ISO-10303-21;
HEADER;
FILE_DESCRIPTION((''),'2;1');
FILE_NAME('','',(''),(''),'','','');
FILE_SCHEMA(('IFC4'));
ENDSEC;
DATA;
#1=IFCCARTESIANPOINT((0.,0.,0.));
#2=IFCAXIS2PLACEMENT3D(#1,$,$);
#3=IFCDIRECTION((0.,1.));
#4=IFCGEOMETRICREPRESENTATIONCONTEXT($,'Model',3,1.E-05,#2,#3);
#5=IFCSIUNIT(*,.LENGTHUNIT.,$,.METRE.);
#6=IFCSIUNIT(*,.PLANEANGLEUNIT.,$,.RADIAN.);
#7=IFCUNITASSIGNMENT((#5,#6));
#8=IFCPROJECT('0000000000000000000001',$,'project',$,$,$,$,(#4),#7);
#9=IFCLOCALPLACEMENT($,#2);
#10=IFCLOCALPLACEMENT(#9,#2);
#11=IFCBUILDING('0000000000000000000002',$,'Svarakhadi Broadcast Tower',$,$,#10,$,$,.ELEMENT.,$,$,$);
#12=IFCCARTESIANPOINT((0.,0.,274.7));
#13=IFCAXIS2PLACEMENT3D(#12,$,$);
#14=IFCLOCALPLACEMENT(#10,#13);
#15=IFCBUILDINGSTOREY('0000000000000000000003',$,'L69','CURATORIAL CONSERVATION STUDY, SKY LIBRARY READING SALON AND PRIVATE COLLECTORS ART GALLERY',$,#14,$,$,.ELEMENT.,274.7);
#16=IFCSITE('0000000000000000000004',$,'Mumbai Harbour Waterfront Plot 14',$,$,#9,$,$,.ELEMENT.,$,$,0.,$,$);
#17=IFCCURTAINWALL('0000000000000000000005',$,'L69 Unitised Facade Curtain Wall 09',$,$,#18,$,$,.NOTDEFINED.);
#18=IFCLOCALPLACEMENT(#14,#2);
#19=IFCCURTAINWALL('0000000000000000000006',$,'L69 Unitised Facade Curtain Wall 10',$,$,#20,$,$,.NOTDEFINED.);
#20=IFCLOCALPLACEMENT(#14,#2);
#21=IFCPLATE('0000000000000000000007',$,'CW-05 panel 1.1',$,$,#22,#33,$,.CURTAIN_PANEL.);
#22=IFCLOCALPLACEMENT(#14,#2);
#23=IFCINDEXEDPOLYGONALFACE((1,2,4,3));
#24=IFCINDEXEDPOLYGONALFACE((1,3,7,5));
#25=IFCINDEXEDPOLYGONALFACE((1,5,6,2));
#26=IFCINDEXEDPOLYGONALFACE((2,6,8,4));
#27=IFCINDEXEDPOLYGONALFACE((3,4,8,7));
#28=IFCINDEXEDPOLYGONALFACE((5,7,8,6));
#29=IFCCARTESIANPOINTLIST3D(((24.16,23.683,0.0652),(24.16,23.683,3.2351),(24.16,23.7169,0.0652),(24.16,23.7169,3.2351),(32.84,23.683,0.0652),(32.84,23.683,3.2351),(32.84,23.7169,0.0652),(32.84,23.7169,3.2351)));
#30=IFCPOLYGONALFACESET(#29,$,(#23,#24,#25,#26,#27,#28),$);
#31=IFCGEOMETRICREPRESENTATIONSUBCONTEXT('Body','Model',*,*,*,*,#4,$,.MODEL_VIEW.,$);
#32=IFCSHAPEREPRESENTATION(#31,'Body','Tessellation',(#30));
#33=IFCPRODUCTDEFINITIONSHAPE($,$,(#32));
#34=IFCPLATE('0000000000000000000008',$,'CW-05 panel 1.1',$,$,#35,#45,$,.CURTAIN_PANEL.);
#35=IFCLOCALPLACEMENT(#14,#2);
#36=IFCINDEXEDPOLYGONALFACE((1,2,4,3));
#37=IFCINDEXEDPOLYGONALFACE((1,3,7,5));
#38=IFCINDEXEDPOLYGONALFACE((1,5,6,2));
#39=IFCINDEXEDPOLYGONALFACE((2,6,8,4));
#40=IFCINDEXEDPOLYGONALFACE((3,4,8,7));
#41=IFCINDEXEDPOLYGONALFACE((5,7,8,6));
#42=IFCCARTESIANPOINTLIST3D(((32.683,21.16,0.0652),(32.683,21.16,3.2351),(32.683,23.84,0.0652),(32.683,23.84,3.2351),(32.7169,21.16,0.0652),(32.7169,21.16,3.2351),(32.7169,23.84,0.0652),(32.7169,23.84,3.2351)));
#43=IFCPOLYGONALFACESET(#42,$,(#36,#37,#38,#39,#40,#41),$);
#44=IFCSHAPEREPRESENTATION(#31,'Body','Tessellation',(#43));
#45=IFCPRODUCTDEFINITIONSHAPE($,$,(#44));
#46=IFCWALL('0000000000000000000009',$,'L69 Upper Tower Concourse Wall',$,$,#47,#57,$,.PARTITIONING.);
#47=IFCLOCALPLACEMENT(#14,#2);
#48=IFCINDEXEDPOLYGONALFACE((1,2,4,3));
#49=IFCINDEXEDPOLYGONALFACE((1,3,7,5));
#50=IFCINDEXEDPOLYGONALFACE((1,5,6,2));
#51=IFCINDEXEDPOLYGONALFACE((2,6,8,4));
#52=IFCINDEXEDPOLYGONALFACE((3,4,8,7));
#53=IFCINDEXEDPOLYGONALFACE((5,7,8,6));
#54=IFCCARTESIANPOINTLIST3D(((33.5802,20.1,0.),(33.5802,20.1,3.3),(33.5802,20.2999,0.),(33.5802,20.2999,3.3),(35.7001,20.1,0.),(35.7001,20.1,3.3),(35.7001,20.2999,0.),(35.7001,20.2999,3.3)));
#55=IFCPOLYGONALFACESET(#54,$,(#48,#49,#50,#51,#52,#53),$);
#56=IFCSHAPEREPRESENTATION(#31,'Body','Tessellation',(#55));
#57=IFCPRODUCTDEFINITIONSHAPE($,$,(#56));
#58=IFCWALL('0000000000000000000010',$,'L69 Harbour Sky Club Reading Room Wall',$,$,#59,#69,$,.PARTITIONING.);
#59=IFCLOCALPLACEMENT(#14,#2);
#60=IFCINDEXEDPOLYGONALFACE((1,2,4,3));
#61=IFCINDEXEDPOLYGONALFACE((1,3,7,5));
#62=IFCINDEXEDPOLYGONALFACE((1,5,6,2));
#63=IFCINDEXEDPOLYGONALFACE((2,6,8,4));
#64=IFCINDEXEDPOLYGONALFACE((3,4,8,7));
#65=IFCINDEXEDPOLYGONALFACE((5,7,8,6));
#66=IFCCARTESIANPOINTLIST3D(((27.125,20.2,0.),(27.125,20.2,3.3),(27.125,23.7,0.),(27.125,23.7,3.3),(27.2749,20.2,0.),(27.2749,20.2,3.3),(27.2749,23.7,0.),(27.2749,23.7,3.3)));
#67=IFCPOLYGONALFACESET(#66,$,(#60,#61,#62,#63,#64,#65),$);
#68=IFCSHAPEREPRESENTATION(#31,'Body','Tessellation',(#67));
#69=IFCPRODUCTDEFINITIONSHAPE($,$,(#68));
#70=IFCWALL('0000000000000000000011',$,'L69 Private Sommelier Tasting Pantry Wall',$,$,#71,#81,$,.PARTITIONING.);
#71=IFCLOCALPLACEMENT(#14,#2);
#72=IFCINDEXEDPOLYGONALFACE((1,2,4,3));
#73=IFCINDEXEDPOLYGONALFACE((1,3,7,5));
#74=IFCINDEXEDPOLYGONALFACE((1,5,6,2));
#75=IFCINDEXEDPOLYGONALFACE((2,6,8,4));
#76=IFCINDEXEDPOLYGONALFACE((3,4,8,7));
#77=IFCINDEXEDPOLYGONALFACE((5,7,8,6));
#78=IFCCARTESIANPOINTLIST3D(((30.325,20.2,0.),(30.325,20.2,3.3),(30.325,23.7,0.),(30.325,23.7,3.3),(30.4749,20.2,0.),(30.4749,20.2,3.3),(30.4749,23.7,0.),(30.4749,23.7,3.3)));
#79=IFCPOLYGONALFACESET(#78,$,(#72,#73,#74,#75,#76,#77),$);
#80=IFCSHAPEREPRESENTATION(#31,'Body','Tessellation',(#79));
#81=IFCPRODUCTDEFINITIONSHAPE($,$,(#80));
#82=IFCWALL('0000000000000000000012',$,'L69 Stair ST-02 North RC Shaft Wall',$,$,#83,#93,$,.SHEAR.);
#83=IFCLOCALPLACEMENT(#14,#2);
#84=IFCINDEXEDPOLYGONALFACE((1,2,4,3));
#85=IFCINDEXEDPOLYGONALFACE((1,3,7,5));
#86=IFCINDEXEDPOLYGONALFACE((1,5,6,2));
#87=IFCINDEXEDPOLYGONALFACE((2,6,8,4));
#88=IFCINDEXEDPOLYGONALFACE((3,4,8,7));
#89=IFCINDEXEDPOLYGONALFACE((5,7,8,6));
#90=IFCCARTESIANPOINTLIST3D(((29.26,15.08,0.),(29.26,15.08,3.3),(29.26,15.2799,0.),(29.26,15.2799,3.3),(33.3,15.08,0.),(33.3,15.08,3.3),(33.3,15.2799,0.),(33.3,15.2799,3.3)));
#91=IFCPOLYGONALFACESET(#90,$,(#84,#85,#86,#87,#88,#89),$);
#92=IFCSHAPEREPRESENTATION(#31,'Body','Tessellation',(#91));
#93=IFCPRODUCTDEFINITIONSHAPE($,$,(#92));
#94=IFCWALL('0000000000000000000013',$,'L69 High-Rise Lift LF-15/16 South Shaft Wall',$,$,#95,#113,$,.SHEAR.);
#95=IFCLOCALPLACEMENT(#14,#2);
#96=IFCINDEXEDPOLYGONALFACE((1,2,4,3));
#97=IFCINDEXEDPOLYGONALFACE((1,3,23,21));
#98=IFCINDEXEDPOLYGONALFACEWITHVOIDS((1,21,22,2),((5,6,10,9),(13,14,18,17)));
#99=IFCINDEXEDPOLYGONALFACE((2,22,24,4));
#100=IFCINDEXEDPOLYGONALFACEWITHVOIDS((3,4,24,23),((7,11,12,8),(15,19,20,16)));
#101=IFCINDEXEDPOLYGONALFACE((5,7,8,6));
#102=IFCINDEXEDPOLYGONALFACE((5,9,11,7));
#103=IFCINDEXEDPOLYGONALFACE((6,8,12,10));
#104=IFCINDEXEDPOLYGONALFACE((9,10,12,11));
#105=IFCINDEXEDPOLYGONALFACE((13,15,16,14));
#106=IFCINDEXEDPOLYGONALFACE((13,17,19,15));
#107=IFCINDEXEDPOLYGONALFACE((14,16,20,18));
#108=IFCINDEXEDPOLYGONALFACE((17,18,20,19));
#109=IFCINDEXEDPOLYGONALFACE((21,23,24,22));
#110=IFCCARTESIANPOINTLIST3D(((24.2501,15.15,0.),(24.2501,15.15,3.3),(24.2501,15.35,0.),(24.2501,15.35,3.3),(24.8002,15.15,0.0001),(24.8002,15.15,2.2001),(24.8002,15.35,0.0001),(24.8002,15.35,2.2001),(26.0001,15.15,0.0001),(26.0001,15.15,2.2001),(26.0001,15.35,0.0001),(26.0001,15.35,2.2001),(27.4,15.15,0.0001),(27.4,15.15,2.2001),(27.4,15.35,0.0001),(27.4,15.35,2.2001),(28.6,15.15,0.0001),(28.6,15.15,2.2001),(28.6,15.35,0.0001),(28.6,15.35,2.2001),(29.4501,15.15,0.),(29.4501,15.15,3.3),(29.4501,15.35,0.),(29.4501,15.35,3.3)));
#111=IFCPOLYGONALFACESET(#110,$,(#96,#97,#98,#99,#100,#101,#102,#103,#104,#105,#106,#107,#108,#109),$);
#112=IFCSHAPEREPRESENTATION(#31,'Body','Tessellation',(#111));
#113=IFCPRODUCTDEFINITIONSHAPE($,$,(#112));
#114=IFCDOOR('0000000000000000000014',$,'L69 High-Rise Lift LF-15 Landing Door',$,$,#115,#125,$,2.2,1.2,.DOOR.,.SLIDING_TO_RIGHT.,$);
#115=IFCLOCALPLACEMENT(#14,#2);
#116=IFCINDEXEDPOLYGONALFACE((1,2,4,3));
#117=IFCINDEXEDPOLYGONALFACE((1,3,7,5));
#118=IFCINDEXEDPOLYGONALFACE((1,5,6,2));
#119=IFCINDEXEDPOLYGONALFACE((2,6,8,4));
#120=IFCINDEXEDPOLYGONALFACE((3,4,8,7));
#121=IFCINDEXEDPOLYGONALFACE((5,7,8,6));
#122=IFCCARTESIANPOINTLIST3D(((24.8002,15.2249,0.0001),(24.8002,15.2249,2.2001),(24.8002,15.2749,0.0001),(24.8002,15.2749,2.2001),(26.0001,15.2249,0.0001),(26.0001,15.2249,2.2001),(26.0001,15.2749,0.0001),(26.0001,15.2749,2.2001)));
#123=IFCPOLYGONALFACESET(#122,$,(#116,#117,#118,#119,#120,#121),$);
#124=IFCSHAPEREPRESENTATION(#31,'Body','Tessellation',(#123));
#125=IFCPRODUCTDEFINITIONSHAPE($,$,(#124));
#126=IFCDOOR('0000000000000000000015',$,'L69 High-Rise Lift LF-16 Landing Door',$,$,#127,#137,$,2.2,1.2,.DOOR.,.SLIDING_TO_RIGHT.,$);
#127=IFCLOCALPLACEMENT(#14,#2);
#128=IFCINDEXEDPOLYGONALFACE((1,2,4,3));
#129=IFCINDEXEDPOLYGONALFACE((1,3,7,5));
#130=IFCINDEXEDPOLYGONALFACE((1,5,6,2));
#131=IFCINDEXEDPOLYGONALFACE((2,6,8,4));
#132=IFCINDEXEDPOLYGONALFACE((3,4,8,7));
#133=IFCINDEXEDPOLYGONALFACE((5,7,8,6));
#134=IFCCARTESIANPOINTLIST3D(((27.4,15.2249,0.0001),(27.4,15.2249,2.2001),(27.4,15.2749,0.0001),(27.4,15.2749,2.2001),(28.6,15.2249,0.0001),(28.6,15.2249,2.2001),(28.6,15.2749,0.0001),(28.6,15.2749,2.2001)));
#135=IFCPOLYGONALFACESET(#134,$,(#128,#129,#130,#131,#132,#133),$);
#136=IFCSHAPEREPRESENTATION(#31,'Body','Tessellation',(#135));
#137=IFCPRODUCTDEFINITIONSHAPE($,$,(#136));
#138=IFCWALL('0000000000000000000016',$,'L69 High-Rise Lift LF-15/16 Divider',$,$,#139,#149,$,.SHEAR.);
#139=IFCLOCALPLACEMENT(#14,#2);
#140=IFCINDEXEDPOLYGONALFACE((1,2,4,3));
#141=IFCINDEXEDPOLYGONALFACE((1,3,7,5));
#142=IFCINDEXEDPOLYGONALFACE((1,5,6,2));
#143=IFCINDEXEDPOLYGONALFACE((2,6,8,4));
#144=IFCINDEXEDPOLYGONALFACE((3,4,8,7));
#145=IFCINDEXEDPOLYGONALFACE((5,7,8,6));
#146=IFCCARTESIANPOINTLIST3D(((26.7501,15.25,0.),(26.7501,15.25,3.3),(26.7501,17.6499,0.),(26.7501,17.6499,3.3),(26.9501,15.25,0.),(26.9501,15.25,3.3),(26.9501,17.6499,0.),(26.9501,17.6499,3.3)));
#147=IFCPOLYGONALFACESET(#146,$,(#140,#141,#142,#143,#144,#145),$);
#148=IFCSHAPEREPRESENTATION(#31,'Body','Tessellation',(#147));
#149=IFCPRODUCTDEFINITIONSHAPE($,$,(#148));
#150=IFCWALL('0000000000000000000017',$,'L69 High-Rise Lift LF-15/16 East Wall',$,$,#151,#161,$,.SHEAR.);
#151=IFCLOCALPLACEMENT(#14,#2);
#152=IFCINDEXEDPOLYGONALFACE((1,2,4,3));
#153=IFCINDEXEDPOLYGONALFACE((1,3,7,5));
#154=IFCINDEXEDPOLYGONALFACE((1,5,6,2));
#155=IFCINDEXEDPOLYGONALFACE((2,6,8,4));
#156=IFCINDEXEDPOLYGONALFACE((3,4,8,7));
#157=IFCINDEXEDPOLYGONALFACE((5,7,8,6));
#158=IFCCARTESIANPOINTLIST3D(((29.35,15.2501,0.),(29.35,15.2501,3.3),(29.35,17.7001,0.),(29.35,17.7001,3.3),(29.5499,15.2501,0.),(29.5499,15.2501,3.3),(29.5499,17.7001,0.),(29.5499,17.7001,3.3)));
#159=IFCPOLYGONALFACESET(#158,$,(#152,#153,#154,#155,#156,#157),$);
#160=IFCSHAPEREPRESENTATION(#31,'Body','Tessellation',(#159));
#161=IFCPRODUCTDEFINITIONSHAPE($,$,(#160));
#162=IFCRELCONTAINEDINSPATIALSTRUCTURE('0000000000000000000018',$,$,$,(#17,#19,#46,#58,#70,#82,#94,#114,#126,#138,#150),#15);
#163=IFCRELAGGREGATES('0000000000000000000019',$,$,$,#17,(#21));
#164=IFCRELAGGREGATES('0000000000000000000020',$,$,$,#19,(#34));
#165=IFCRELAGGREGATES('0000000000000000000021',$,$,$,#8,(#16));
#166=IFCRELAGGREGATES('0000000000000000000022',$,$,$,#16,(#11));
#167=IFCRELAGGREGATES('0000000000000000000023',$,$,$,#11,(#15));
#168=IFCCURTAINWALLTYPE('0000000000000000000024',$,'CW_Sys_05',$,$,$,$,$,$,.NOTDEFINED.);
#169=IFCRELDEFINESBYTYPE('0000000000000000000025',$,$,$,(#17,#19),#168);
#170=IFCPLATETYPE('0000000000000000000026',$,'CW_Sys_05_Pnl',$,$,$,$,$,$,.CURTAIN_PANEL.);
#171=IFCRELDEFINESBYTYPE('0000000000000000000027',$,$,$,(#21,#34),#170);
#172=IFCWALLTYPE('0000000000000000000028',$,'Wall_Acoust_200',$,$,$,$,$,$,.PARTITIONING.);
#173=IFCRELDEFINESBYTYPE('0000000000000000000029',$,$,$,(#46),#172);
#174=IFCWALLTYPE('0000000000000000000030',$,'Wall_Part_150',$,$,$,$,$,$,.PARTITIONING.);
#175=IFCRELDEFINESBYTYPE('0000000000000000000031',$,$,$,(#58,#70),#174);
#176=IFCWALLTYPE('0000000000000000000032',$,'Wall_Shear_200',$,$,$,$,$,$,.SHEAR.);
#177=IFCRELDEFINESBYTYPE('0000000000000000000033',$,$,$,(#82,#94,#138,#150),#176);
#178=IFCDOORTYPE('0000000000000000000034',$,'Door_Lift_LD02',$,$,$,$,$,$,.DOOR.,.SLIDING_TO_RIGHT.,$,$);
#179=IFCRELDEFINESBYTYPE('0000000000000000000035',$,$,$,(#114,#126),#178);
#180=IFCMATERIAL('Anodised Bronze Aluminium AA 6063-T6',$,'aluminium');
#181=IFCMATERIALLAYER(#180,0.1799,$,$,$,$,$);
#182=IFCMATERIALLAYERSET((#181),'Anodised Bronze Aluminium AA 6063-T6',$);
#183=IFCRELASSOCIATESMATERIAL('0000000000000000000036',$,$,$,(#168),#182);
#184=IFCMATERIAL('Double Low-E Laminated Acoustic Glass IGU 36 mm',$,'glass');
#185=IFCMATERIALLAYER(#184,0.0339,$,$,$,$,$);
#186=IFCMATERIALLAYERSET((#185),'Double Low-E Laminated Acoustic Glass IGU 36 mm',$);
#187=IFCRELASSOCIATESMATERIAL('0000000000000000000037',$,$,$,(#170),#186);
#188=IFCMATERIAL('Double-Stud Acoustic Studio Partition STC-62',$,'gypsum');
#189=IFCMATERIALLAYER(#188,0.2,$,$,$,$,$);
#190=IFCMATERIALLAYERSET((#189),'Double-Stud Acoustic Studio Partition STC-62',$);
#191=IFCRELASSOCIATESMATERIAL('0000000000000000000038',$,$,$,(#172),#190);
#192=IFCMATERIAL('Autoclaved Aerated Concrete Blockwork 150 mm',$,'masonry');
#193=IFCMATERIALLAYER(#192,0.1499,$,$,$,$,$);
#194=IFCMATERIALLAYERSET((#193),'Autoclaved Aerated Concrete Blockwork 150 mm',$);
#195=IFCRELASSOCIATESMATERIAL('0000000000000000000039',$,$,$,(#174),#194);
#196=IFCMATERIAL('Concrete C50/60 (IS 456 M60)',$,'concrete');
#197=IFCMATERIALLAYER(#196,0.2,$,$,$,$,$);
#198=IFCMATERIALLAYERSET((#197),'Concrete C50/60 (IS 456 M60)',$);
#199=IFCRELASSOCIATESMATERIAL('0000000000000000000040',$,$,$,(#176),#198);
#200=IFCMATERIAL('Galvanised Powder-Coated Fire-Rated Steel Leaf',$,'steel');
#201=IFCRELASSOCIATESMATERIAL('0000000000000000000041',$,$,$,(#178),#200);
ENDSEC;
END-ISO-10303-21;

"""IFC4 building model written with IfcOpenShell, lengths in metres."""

from ifc_helpers import new_model, si_unit, direction, frame, frame_2d, origin, origin_2d, place, context, subcontext, project, spatial, rectangle, extrude, material, layer, layer_set, type_object, element, fill, aggregate, save


model = new_model("IFC4")

# Units and contexts
model_context = context("Model", 3, precision=1e-05, world=origin(), true_north=direction((0.0, 1.0)))
body_context = subcontext(model_context, "Body", "Model", "MODEL_VIEW")
ifc_project = project(units=[si_unit("LENGTHUNIT", "METRE"), si_unit("PLANEANGLEUNIT", "RADIAN")], contexts=[model_context])

# Site, building, storey
site_placement = place(None, origin())
site = spatial("IfcSite", under=ifc_project, at=site_placement, Name="Mumbai Harbour Waterfront Plot 14", CompositionType="ELEMENT", RefElevation=0.0)
building_placement = place(site_placement, origin())
building = spatial("IfcBuilding", under=site, at=building_placement, Name="Svarakhadi Broadcast Tower", CompositionType="ELEMENT")
storey_placement = place(building_placement, frame((0.0, 0.0, 274.7)))
storey = spatial("IfcBuildingStorey", under=building, at=storey_placement, Name="L69", Description="CURATORIAL CONSERVATION STUDY, SKY LIBRARY READING SALON AND PRIVATE COLLECTORS ART GALLERY", CompositionType="ELEMENT", Elevation=274.7)

# Curtain walls
ifc_material_1 = material(Name="Anodised Bronze Aluminium AA 6063-T6", Category="aluminium")
ifc_layer_1 = layer(ifc_material_1, 0.1799)
ifc_layer_set_1 = layer_set([ifc_layer_1], Name="Anodised Bronze Aluminium AA 6063-T6")
curtain_wall_type = type_object("IfcCurtainWallType", Name="CW_Sys_05", PredefinedType="NOTDEFINED", material=ifc_layer_set_1)
curtain_wall_1_placement = place(storey_placement, origin())
curtain_wall_1 = element("IfcCurtainWall", 1, at=curtain_wall_1_placement, inside=storey, type_object=curtain_wall_type, Name="L69 Unitised Facade Curtain Wall 09", PredefinedType="NOTDEFINED")
curtain_wall_2_placement = place(storey_placement, origin())
curtain_wall_2 = element("IfcCurtainWall", 2, at=curtain_wall_2_placement, inside=storey, type_object=curtain_wall_type, Name="L69 Unitised Facade Curtain Wall 10", PredefinedType="NOTDEFINED")

# Plates
ifc_material_2 = material(Name="Double Low-E Laminated Acoustic Glass IGU 36 mm", Category="glass")
ifc_layer_2 = layer(ifc_material_2, 0.0339)
ifc_layer_set_2 = layer_set([ifc_layer_2], Name="Double Low-E Laminated Acoustic Glass IGU 36 mm")
plate_type = type_object("IfcPlateType", Name="CW_Sys_05_Pnl", PredefinedType="CURTAIN_PANEL", material=ifc_layer_set_2)
plate_1_placement = place(storey_placement, frame((28.5, 23.7, 0.0652), z_axis=(0.0, 0.0, 1.0), x_axis=(1.0, 0.0, 0.0)))
plate_1 = element("IfcPlate", 3, at=plate_1_placement, type_object=plate_type, Name="CW-05 panel 1.1", PredefinedType="CURTAIN_PANEL", context=body_context, shape_type="SweptSolid", body=[
    extrude(rectangle(XDim=8.6799, YDim=0.0339, at=origin_2d()), origin(), (0.0, 0.0, 1.0), 3.1699),
])
aggregate(curtain_wall_1, [plate_1])
plate_2_placement = place(storey_placement, frame((32.7, 22.5, 0.0652), z_axis=(0.0, 0.0, 1.0), x_axis=(0.0, -1.0, 0.0)))
plate_2 = element("IfcPlate", 4, at=plate_2_placement, type_object=plate_type, Name="CW-05 panel 1.1", PredefinedType="CURTAIN_PANEL", context=body_context, shape_type="SweptSolid", body=[
    extrude(rectangle(XDim=2.6799, YDim=0.0339, at=origin_2d()), origin(), (0.0, 0.0, 1.0), 3.1699),
])
aggregate(curtain_wall_2, [plate_2])

# Wall
ifc_material_3 = material(Name="Double-Stud Acoustic Studio Partition STC-62", Category="gypsum")
ifc_layer_3 = layer(ifc_material_3, 0.2)
ifc_layer_set_3 = layer_set([ifc_layer_3], Name="Double-Stud Acoustic Studio Partition STC-62")
wall_type_1 = type_object("IfcWallType", Name="Wall_Acoust_200", PredefinedType="PARTITIONING", material=ifc_layer_set_3)
wall_1_placement = place(storey_placement, frame((33.5801, 20.2, 0.0), z_axis=(0.0, 0.0, 1.0), x_axis=(1.0, 0.0, 0.0)))
element("IfcWall", 5, at=wall_1_placement, inside=storey, type_object=wall_type_1, Name="L69 Upper Tower Concourse Wall", PredefinedType="PARTITIONING", context=body_context, shape_type="SweptSolid", body=[
    extrude(rectangle(XDim=2.1199, YDim=0.2, at=frame_2d((1.0601, 0.0))), origin(), (0.0, 0.0, 1.0), 3.3),
])

# Shared definitions
ifc_material_4 = material(Name="Autoclaved Aerated Concrete Blockwork 150 mm", Category="masonry")
ifc_layer_4 = layer(ifc_material_4, 0.1499)
ifc_layer_set_4 = layer_set([ifc_layer_4], Name="Autoclaved Aerated Concrete Blockwork 150 mm")
wall_type_2 = type_object("IfcWallType", Name="Wall_Part_150", PredefinedType="PARTITIONING", material=ifc_layer_set_4)
ifc_material_5 = material(Name="Galvanised Powder-Coated Fire-Rated Steel Leaf", Category="steel")

# Walls
for number, where, z_axis, x_axis, name in (
    (6, (27.2, 20.2, 0.0), (0.0, 0.0, 1.0), (0.0, 1.0, 0.0), "L69 Harbour Sky Club Reading Room Wall"),
    (7, (30.3999, 20.2, 0.0), (0.0, 0.0, 1.0), (0.0, 1.0, 0.0), "L69 Private Sommelier Tasting Pantry Wall"),
):
    element("IfcWall", number, at=place(storey_placement, frame(where, z_axis=z_axis, x_axis=x_axis)), inside=storey, type_object=wall_type_2, Name=name, PredefinedType="PARTITIONING", context=body_context, shape_type="SweptSolid", body=[
        extrude(rectangle(XDim=3.5, YDim=0.1499, at=frame_2d((1.75, 0.0))), origin(), (0.0, 0.0, 1.0), 3.3),
    ])
ifc_material_6 = material(Name="Concrete C50/60 (IS 456 M60)", Category="concrete")
ifc_layer_5 = layer(ifc_material_6, 0.2)
ifc_layer_set_5 = layer_set([ifc_layer_5], Name="Concrete C50/60 (IS 456 M60)")
wall_type_3 = type_object("IfcWallType", Name="Wall_Shear_200", PredefinedType="SHEAR", material=ifc_layer_set_5)
wall_2_placement = place(storey_placement, frame((29.26, 15.1799, 0.0), z_axis=(0.0, 0.0, 1.0), x_axis=(1.0, 0.0, 0.0)))
element("IfcWall", 8, at=wall_2_placement, inside=storey, type_object=wall_type_3, Name="L69 Stair ST-02 North RC Shaft Wall", PredefinedType="SHEAR", context=body_context, shape_type="SweptSolid", body=[
    extrude(rectangle(XDim=4.04, YDim=0.2, at=frame_2d((2.02, 0.0))), origin(), (0.0, 0.0, 1.0), 3.3),
])

# Wall, openings, doors
wall_3_placement = place(storey_placement, frame((24.25, 15.25, 0.0), z_axis=(0.0, 0.0, 1.0), x_axis=(1.0, 0.0, 0.0)))
wall_3 = element("IfcWall", 9, at=wall_3_placement, inside=storey, type_object=wall_type_3, Name="L69 High-Rise Lift LF-15/16 South Shaft Wall", PredefinedType="SHEAR", context=body_context, shape_type="SweptSolid", body=[
    extrude(rectangle(XDim=5.2, YDim=0.2, at=frame_2d((2.6001, 0.0))), origin(), (0.0, 0.0, 1.0), 3.3),
])
opening_1_placement = place(wall_3_placement, frame((0.55, 0.0, 0.0)))
opening_1 = element("IfcOpeningElement", 10, at=opening_1_placement, cuts=wall_3, PredefinedType="OPENING", context=body_context, shape_type="SweptSolid", body=[
    extrude(rectangle(XDim=1.2, YDim=2.2, at=frame_2d((0.6001, 1.1001))), frame((0.0, 0.1099, 0.0), z_axis=(0.0, -1.0, 0.0), x_axis=(1.0, 0.0, 0.0)), (0.0, 0.0, 1.0), 0.22),
])
opening_2_placement = place(wall_3_placement, frame((3.1499, 0.0, 0.0)))
opening_2 = element("IfcOpeningElement", 11, at=opening_2_placement, cuts=wall_3, PredefinedType="OPENING", context=body_context, shape_type="SweptSolid", body=[
    extrude(rectangle(XDim=1.2, YDim=2.2, at=frame_2d((0.6001, 1.1001))), frame((0.0, 0.1099, 0.0), z_axis=(0.0, -1.0, 0.0), x_axis=(1.0, 0.0, 0.0)), (0.0, 0.0, 1.0), 0.22),
])
door_type_1 = type_object("IfcDoorType", Name="Door_Lift_LD02", OperationType="SLIDING_TO_RIGHT", PredefinedType="DOOR", material=ifc_material_5)
door_1_placement = place(opening_1_placement, origin())
door_1 = element("IfcDoor", 12, at=door_1_placement, inside=storey, type_object=door_type_1, Name="L69 High-Rise Lift LF-15 Landing Door", OperationType="SLIDING_TO_RIGHT", OverallHeight=2.2, OverallWidth=1.2, PredefinedType="DOOR", context=body_context, shape_type="SweptSolid", body=[
    extrude(rectangle(XDim=1.2, YDim=2.2, at=frame_2d((0.6001, 1.1001))), frame((0.0, 0.0249, 0.0), z_axis=(0.0, -1.0, 0.0), x_axis=(1.0, 0.0, 0.0)), (0.0, 0.0, 1.0), 0.05),
])
fill(opening_1, door_1)
door_2_placement = place(opening_2_placement, origin())
door_2 = element("IfcDoor", 13, at=door_2_placement, inside=storey, type_object=door_type_1, Name="L69 High-Rise Lift LF-16 Landing Door", OperationType="SLIDING_TO_RIGHT", OverallHeight=2.2, OverallWidth=1.2, PredefinedType="DOOR", context=body_context, shape_type="SweptSolid", body=[
    extrude(rectangle(XDim=1.2, YDim=2.2, at=frame_2d((0.6001, 1.1001))), frame((0.0, 0.0249, 0.0), z_axis=(0.0, -1.0, 0.0), x_axis=(1.0, 0.0, 0.0)), (0.0, 0.0, 1.0), 0.05),
])
fill(opening_2, door_2)

# Walls
wall_4_placement = place(storey_placement, frame((26.8501, 15.25, 0.0), z_axis=(0.0, 0.0, 1.0), x_axis=(0.0, 1.0, 0.0)))
element("IfcWall", 14, at=wall_4_placement, inside=storey, type_object=wall_type_3, Name="L69 High-Rise Lift LF-15/16 Divider", PredefinedType="SHEAR", context=body_context, shape_type="SweptSolid", body=[
    extrude(rectangle(XDim=2.3999, YDim=0.2, at=frame_2d((1.2, 0.0))), origin(), (0.0, 0.0, 1.0), 3.3),
])
wall_5_placement = place(storey_placement, frame((29.45, 15.25, 0.0), z_axis=(0.0, 0.0, 1.0), x_axis=(0.0, 1.0, 0.0)))
element("IfcWall", 15, at=wall_5_placement, inside=storey, type_object=wall_type_3, Name="L69 High-Rise Lift LF-15/16 East Wall", PredefinedType="SHEAR", context=body_context, shape_type="SweptSolid", body=[
    extrude(rectangle(XDim=2.45, YDim=0.2, at=frame_2d((1.2251, 0.0))), origin(), (0.0, 0.0, 1.0), 3.3),
])

save(model, "model.ifc")
